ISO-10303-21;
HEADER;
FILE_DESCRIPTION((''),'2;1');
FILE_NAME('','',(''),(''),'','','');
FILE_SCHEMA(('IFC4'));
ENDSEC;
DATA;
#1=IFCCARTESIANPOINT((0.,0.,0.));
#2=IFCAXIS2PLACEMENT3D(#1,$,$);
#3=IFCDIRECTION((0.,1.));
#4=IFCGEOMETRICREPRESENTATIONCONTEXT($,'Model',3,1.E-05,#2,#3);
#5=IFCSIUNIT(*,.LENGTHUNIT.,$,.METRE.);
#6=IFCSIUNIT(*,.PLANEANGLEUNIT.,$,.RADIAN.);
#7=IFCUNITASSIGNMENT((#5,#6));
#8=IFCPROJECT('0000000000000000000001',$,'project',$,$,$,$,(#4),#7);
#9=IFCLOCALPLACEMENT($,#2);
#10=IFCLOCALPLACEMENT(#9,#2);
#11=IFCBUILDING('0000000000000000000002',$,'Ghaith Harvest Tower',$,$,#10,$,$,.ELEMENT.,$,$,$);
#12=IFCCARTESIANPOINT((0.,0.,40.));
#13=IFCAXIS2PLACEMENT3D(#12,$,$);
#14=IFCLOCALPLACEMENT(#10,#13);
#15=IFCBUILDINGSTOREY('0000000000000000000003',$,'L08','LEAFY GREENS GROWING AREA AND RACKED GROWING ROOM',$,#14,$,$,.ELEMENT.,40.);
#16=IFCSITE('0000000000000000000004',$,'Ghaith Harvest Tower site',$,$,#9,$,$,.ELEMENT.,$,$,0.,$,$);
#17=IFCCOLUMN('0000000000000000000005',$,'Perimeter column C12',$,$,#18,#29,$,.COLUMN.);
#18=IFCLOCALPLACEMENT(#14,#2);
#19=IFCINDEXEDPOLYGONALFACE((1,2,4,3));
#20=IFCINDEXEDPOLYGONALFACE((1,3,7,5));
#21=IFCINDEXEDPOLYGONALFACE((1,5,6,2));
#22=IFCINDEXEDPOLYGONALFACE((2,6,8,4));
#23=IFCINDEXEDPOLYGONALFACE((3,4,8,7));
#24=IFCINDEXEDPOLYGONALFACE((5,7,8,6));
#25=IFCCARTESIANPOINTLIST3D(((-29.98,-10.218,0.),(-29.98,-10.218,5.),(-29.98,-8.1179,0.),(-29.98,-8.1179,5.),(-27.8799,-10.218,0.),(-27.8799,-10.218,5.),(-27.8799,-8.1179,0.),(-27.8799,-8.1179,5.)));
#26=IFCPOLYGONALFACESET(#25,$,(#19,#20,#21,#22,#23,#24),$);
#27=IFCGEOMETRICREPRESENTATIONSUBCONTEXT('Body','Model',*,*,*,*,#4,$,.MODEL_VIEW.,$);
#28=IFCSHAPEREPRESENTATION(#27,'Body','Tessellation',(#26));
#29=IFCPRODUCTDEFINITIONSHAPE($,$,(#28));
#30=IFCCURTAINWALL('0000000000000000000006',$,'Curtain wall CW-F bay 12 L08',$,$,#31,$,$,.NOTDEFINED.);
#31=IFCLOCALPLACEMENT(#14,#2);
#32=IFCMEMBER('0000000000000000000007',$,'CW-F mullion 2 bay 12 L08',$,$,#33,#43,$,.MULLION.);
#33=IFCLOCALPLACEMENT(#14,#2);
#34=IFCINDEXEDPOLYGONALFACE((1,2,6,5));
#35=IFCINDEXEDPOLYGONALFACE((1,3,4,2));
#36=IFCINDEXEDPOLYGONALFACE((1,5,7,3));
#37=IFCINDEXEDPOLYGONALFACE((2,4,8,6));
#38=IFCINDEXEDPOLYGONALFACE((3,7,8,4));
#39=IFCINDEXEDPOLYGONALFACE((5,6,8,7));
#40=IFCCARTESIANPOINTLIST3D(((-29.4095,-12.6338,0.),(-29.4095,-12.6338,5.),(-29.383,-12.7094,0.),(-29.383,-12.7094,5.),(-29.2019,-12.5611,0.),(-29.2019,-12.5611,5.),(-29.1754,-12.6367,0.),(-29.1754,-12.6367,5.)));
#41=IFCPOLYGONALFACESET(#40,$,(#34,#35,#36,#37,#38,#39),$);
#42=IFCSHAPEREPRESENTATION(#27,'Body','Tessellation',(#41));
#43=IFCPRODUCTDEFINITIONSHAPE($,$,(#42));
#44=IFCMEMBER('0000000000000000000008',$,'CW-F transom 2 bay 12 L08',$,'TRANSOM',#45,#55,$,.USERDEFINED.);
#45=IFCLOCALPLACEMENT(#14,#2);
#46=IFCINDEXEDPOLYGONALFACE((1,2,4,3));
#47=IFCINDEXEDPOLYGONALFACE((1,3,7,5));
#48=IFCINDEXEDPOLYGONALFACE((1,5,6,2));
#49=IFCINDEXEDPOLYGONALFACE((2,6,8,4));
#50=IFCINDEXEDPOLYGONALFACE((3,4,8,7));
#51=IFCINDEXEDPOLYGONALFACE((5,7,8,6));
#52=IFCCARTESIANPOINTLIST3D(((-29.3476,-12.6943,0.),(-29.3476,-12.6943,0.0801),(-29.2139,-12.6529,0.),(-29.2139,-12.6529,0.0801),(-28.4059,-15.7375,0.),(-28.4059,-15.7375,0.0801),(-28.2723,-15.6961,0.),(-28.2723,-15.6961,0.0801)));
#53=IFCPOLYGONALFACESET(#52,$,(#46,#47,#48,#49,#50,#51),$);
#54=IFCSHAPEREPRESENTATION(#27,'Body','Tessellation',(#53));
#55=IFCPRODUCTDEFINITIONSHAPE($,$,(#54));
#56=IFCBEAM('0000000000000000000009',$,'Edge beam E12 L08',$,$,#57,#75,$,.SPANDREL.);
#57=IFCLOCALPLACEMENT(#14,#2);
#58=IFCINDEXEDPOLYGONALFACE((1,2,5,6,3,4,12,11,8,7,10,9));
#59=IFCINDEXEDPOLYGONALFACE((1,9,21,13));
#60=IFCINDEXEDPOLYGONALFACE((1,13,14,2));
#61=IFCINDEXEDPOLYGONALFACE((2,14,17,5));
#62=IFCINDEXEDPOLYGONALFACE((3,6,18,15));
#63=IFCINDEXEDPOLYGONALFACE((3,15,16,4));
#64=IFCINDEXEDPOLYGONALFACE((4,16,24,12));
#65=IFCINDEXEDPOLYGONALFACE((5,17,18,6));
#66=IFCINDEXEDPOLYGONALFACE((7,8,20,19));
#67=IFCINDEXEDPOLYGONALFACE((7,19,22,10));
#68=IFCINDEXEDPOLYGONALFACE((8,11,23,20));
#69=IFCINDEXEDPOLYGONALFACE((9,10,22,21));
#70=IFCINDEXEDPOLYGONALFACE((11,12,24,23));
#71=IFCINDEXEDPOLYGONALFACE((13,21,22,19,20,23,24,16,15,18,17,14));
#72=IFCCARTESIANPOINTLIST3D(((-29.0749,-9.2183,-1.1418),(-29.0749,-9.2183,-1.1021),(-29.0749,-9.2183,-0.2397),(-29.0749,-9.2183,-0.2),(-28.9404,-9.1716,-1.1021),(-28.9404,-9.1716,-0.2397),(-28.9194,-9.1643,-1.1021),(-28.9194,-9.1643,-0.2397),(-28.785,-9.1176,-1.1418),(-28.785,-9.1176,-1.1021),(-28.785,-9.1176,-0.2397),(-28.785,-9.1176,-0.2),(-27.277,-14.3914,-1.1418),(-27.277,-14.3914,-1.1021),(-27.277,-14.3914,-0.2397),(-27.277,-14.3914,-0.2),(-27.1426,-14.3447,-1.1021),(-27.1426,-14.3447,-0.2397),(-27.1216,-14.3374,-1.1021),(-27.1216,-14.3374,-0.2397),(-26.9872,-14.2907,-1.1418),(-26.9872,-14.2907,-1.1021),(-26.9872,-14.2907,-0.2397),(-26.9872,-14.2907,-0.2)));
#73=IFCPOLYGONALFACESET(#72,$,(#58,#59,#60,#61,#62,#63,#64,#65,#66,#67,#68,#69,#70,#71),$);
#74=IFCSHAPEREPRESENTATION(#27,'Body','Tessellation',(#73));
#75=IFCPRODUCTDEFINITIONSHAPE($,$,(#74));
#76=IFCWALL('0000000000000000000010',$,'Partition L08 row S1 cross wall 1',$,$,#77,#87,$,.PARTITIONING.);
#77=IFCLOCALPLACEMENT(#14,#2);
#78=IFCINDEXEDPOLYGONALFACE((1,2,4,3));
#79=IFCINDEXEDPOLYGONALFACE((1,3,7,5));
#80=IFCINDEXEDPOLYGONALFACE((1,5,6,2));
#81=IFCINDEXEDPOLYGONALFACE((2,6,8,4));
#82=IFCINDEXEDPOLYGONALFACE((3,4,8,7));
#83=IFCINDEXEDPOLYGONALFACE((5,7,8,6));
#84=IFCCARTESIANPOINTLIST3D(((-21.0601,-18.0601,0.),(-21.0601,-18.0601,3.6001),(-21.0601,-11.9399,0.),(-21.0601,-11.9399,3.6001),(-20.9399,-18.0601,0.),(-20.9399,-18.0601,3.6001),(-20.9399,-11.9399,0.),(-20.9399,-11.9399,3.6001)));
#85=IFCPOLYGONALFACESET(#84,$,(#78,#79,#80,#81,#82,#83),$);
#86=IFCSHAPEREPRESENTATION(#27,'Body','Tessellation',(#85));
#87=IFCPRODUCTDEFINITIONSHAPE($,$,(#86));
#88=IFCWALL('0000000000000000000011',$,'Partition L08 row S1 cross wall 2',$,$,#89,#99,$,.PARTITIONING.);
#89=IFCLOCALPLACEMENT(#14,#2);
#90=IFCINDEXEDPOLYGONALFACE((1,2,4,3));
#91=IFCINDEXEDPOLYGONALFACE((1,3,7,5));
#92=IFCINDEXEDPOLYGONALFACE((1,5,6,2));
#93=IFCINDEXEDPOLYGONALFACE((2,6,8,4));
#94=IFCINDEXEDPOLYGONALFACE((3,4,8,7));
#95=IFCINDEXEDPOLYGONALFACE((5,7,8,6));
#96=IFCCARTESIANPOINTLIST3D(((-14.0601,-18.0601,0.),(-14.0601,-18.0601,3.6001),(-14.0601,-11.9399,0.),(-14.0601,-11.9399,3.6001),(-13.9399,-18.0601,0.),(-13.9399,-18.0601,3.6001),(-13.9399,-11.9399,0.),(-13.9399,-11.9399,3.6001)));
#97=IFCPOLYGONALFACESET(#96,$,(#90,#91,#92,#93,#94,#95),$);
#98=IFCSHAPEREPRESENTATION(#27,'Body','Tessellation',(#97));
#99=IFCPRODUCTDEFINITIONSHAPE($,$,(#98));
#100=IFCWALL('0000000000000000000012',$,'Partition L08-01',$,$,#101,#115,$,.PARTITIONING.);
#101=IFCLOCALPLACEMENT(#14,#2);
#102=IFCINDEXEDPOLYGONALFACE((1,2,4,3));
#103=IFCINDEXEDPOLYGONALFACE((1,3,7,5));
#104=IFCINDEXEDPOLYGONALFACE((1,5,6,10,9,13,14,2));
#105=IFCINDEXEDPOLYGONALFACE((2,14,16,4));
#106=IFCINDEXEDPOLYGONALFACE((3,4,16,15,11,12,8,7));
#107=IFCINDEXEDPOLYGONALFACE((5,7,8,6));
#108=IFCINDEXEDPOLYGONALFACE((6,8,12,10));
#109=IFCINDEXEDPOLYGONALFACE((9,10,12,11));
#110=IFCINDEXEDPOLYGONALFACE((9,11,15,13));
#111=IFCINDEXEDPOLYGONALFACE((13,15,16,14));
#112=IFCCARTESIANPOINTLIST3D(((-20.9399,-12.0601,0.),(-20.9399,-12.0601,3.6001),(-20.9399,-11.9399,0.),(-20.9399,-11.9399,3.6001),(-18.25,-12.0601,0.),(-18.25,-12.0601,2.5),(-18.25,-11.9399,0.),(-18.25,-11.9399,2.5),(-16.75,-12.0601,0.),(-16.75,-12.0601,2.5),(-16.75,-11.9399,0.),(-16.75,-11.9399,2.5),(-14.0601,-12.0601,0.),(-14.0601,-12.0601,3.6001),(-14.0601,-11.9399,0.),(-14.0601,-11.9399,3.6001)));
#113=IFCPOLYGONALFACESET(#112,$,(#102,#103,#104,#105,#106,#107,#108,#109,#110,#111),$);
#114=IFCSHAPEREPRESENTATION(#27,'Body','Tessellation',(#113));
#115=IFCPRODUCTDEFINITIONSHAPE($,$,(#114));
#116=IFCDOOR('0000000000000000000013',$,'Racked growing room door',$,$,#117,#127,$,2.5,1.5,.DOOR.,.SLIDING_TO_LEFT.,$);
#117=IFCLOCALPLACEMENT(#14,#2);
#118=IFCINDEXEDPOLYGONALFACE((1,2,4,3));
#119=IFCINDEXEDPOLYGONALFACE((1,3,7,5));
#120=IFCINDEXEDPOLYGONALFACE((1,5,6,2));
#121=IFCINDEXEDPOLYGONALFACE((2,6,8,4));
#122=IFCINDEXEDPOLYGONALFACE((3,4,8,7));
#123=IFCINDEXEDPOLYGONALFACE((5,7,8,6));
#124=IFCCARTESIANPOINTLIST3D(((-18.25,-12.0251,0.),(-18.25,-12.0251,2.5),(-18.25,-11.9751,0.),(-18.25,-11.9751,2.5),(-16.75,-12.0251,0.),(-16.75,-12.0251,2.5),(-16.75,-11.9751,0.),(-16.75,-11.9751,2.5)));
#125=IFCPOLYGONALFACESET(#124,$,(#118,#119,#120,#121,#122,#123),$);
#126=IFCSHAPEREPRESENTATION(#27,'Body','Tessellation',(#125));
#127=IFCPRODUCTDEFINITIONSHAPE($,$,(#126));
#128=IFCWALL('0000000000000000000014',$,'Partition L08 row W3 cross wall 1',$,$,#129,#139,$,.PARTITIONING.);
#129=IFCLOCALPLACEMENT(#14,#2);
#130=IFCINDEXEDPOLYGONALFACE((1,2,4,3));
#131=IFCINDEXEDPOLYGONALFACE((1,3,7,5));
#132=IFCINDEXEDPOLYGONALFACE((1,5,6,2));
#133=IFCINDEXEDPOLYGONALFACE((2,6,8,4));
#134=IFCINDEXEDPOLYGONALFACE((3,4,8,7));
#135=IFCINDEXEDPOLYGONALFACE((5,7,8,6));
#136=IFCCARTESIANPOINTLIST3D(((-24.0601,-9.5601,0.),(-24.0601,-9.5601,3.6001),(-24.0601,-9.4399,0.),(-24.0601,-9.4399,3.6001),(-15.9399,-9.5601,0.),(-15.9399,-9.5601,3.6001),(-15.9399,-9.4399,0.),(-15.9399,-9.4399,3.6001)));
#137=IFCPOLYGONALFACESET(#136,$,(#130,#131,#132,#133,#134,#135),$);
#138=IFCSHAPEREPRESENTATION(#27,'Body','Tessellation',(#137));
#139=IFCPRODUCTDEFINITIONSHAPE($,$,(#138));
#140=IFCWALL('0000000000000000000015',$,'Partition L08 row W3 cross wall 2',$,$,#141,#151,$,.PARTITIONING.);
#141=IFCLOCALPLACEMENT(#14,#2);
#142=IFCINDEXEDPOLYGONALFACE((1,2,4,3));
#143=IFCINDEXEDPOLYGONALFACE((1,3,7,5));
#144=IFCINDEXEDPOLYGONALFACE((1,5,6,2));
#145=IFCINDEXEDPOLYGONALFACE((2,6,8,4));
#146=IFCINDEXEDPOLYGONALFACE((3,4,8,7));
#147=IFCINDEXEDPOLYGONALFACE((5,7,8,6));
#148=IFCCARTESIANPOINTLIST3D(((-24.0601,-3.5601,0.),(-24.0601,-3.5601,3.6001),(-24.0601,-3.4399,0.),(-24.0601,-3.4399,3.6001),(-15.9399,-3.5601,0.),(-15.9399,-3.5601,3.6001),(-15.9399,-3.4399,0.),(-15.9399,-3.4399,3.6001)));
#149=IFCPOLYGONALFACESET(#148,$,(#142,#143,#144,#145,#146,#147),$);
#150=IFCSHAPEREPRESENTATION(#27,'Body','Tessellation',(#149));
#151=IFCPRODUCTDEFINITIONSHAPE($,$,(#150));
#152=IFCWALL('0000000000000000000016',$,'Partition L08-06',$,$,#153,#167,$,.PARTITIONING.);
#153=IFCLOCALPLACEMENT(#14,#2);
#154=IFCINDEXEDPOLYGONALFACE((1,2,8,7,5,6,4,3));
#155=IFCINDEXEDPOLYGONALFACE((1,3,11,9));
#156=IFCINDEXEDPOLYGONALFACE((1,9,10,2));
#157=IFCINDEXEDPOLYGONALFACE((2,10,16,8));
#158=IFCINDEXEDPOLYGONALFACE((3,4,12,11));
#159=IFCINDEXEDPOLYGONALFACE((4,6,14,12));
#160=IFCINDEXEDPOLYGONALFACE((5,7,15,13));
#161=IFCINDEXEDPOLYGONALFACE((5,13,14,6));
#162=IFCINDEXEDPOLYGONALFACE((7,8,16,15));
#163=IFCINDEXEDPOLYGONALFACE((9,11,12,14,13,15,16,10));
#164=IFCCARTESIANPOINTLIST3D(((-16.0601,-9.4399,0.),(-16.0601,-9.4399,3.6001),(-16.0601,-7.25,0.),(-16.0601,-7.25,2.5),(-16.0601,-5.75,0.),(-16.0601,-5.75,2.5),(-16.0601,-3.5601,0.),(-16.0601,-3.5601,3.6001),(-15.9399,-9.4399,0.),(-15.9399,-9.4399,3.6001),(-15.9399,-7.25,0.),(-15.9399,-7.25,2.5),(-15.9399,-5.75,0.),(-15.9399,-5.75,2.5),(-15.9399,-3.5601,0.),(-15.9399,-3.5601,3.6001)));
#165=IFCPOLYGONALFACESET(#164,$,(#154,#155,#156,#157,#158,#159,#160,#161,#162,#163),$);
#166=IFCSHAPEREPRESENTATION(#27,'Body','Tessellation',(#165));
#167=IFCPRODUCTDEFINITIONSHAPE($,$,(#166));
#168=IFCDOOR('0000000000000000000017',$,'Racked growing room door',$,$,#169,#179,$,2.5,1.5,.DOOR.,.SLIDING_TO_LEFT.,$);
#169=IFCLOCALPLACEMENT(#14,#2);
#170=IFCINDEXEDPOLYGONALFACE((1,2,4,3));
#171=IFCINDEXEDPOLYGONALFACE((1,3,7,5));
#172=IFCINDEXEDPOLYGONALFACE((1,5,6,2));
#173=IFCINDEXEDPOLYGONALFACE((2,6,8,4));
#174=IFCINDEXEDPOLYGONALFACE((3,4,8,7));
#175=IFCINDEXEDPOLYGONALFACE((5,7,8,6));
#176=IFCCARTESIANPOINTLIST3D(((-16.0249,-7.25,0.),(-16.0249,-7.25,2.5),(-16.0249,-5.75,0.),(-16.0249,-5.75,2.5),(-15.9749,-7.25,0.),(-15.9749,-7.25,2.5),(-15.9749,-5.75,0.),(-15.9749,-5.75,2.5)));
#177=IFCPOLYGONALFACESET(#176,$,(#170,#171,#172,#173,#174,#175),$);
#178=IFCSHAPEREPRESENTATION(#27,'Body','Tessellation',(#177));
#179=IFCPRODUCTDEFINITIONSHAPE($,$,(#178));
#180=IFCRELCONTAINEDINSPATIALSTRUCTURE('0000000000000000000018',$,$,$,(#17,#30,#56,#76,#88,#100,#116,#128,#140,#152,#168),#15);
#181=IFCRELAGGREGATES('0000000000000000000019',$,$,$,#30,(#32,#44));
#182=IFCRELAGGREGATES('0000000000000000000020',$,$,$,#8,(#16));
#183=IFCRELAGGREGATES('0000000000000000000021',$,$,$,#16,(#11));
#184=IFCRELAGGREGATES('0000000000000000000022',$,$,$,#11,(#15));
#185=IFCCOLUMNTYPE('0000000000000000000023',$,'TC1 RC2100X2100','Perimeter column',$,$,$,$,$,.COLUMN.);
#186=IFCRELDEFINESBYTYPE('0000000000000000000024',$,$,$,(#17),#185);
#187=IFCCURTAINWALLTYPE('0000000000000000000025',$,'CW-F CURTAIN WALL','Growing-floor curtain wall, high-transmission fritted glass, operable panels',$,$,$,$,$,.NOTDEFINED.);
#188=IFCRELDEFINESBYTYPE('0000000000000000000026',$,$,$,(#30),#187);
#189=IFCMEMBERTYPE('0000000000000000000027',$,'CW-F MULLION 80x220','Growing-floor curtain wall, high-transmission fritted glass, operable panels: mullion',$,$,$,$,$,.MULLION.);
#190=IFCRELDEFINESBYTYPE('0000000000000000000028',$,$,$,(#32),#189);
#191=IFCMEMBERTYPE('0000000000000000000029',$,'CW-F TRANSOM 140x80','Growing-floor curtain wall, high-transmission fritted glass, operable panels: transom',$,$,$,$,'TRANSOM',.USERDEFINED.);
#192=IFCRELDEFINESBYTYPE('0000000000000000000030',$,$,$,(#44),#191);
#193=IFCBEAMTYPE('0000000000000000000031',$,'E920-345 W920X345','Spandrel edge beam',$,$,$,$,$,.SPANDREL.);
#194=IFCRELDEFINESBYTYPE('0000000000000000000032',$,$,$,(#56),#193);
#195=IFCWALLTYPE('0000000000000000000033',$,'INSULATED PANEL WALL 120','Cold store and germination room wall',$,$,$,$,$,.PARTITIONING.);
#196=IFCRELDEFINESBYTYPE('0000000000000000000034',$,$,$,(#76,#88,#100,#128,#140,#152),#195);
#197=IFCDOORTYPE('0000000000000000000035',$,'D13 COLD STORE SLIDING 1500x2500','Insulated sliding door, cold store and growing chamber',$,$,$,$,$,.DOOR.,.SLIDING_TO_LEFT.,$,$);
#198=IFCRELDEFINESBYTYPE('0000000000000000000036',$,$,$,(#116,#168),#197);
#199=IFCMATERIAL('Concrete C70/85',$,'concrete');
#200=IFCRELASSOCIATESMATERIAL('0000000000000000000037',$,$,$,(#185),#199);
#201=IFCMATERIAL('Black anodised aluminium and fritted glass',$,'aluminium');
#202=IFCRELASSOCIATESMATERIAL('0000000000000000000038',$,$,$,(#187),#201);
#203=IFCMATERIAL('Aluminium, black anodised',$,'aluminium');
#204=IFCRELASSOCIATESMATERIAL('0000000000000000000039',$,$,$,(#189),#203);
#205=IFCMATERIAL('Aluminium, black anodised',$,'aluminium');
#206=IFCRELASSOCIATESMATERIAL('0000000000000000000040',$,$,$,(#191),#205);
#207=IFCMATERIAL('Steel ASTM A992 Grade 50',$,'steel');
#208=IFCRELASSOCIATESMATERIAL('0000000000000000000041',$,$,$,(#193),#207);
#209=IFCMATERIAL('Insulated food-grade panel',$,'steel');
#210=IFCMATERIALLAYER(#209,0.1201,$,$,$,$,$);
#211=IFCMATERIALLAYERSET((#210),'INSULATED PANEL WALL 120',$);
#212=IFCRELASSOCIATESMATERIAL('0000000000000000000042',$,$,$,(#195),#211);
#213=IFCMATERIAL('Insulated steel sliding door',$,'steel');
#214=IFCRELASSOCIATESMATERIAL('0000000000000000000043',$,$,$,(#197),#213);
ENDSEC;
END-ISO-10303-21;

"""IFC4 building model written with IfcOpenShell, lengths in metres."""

from ifc_helpers import new_model, si_unit, direction, frame, frame_2d, origin, origin_2d, place, context, subcontext, project, spatial, rectangle, i_section, extrude, material, layer, layer_set, material_profile, profile_set, type_object, element, fill, aggregate, save


model = new_model("IFC4")

# Units and contexts
model_context = context("Model", 3, precision=1e-05, world=origin(), true_north=direction((0.0, 1.0)))
body_context = subcontext(model_context, "Body", "Model", "MODEL_VIEW")
ifc_project = project(units=[si_unit("LENGTHUNIT", "METRE"), si_unit("PLANEANGLEUNIT", "RADIAN")], contexts=[model_context])

# Site, building, storey
site_placement = place(None, origin())
site = spatial("IfcSite", under=ifc_project, at=site_placement, Name="Ghaith Harvest Tower site", CompositionType="ELEMENT", RefElevation=0.0)
building_placement = place(site_placement, origin())
building = spatial("IfcBuilding", under=site, at=building_placement, Name="Ghaith Harvest Tower", CompositionType="ELEMENT")
storey_placement = place(building_placement, frame((0.0, 0.0, 40.0)))
storey = spatial("IfcBuildingStorey", under=building, at=storey_placement, Name="L08", Description="LEAFY GREENS GROWING AREA AND RACKED GROWING ROOM", CompositionType="ELEMENT", Elevation=40.0)

# Column
ifc_material_1 = material(Name="Concrete C70/85", Category="concrete")
ifc_material_profile_1 = material_profile(ifc_material_1, rectangle(XDim=2.1001, YDim=2.1001, at=origin_2d()), Name="RC2100X2100")
ifc_profile_set_1 = profile_set([ifc_material_profile_1], Name="Concrete C70/85")
column_type = type_object("IfcColumnType", Name="TC1 RC2100X2100", Description="Perimeter column", PredefinedType="COLUMN", material=ifc_profile_set_1)
column_placement = place(storey_placement, frame((-28.9299, -9.168, 0.0), z_axis=(0.0, 0.0, 1.0), x_axis=(1.0, 0.0, 0.0)))
element("IfcColumn", 1, at=column_placement, inside=storey, type_object=column_type, Name="Perimeter column C12", PredefinedType="COLUMN", context=body_context, shape_type="SweptSolid", body=[
    extrude(rectangle(XDim=2.1001, YDim=2.1001, at=origin_2d()), origin(), (0.0, 0.0, 1.0), 5.0),
])

# Curtain wall, members
ifc_material_2 = material(Name="Black anodised aluminium and fritted glass", Category="aluminium")
curtain_wall_type = type_object("IfcCurtainWallType", Name="CW-F CURTAIN WALL", Description="Growing-floor curtain wall, high-transmission fritted glass, operable panels", PredefinedType="NOTDEFINED", material=ifc_material_2)
curtain_wall_placement = place(storey_placement, origin())
curtain_wall = element("IfcCurtainWall", 2, at=curtain_wall_placement, inside=storey, type_object=curtain_wall_type, Name="Curtain wall CW-F bay 12 L08", PredefinedType="NOTDEFINED")
ifc_material_3 = material(Name="Aluminium, black anodised", Category="aluminium")
ifc_material_profile_2 = material_profile(ifc_material_3, rectangle(XDim=0.0801, YDim=0.22, at=origin_2d()), Name="CW-F MULLION 80x220")
ifc_profile_set_2 = profile_set([ifc_material_profile_2], Name="Aluminium, black anodised")
member_type_1 = type_object("IfcMemberType", Name="CW-F MULLION 80x220", Description="Growing-floor curtain wall, high-transmission fritted glass, operable panels: mullion", PredefinedType="MULLION", material=ifc_profile_set_2)
member_1_placement = place(storey_placement, frame((-29.2925, -12.6353, 0.0), z_axis=(0.0, 0.0, 1.0), x_axis=(0.330701, -0.943736, 0.0)))
member_1 = element("IfcMember", 3, at=member_1_placement, type_object=member_type_1, Name="CW-F mullion 2 bay 12 L08", PredefinedType="MULLION", context=body_context, shape_type="SweptSolid", body=[
    extrude(rectangle(XDim=0.0801, YDim=0.22, at=origin_2d()), origin(), (0.0, 0.0, 1.0), 5.0),
])
ifc_material_4 = material(Name="Aluminium, black anodised", Category="aluminium")
ifc_material_profile_3 = material_profile(ifc_material_4, rectangle(XDim=0.1399, YDim=0.0801, at=origin_2d()), Name="CW-F TRANSOM 140x80")
ifc_profile_set_3 = profile_set([ifc_material_profile_3], Name="Aluminium, black anodised")
member_type_2 = type_object("IfcMemberType", Name="CW-F TRANSOM 140x80", Description="Growing-floor curtain wall, high-transmission fritted glass, operable panels: transom", ElementType="TRANSOM", PredefinedType="USERDEFINED", material=ifc_profile_set_3)
member_2_placement = place(storey_placement, frame((-29.2808, -12.6736, 0.04), z_axis=(0.295599, -0.955312, 0.0), x_axis=(0.955312, 0.295599, 0.0)))
member_2 = element("IfcMember", 4, at=member_2_placement, type_object=member_type_2, Name="CW-F transom 2 bay 12 L08", ObjectType="TRANSOM", PredefinedType="USERDEFINED", context=body_context, shape_type="SweptSolid", body=[
    extrude(rectangle(XDim=0.1399, YDim=0.0801, at=origin_2d()), origin(), (0.0, 0.0, 1.0), 3.1855),
])
aggregate(curtain_wall, [member_1, member_2])

# Beam
ifc_material_5 = material(Name="Steel ASTM A992 Grade 50", Category="steel")
ifc_material_profile_4 = material_profile(ifc_material_5, i_section(OverallWidth=0.3069, OverallDepth=0.9419, WebThickness=0.0222, FlangeThickness=0.0398, at=origin_2d()), Name="W920X345")
ifc_profile_set_4 = profile_set([ifc_material_profile_4], Name="Steel ASTM A992 Grade 50")
beam_type = type_object("IfcBeamType", Name="E920-345 W920X345", Description="Spandrel edge beam", PredefinedType="SPANDREL", material=ifc_profile_set_4)
beam_placement = place(storey_placement, frame((-28.9299, -9.168, -0.6709), z_axis=(0.328279, -0.944581, 0.0), x_axis=(0.944581, 0.328279, 0.0)))
element("IfcBeam", 5, at=beam_placement, inside=storey, type_object=beam_type, Name="Edge beam E12 L08", PredefinedType="SPANDREL", context=body_context, shape_type="SweptSolid", body=[
    extrude(i_section(OverallWidth=0.3069, OverallDepth=0.9419, WebThickness=0.0222, FlangeThickness=0.0398, at=origin_2d()), origin(), (0.0, 0.0, 1.0), 5.4766),
])

# Walls
ifc_material_6 = material(Name="Insulated food-grade panel", Category="steel")
ifc_layer_1 = layer(ifc_material_6, 0.1201)
ifc_layer_set_1 = layer_set([ifc_layer_1], Name="INSULATED PANEL WALL 120")
wall_type_1 = type_object("IfcWallType", Name="INSULATED PANEL WALL 120", Description="Cold store and germination room wall", PredefinedType="PARTITIONING", material=ifc_layer_set_1)
for number, where, z_axis, x_axis, name in (
    (6, (-21.0, -11.9399, 0.0), (0.0, 0.0, 1.0), (0.0, -1.0, 0.0), "Partition L08 row S1 cross wall 1"),
    (7, (-14.0, -11.9399, 0.0), (0.0, 0.0, 1.0), (0.0, -1.0, 0.0), "Partition L08 row S1 cross wall 2"),
):
    element("IfcWall", number, at=place(storey_placement, frame(where, z_axis=z_axis, x_axis=x_axis)), inside=storey, type_object=wall_type_1, Name=name, PredefinedType="PARTITIONING", context=body_context, shape_type="SweptSolid", body=[
        extrude(rectangle(XDim=6.1201, YDim=0.1201, at=frame_2d((3.0601, 0.0))), origin(), (0.0, 0.0, 1.0), 3.6001),
    ])

# Wall, opening, door
wall_1_placement = place(storey_placement, frame((-20.9399, -12.0, 0.0), z_axis=(0.0, 0.0, 1.0), x_axis=(1.0, 0.0, 0.0)))
wall_1 = element("IfcWall", 8, at=wall_1_placement, inside=storey, type_object=wall_type_1, Name="Partition L08-01", PredefinedType="PARTITIONING", context=body_context, shape_type="SweptSolid", body=[
    extrude(rectangle(XDim=6.8799, YDim=0.1201, at=frame_2d((3.4399, 0.0))), origin(), (0.0, 0.0, 1.0), 3.6001),
])
opening_1_placement = place(wall_1_placement, frame((2.6899, 0.0, 0.0)))
opening_1 = element("IfcOpeningElement", 9, at=opening_1_placement, cuts=wall_1, PredefinedType="OPENING", context=body_context, shape_type="SweptSolid", body=[
    extrude(rectangle(XDim=1.5, YDim=2.5, at=frame_2d((0.75, 1.25))), frame((0.0, 0.0701, 0.0), z_axis=(0.0, -1.0, 0.0), x_axis=(1.0, 0.0, 0.0)), (0.0, 0.0, 1.0), 0.1401),
])
ifc_material_7 = material(Name="Insulated steel sliding door", Category="steel")
door_type_1 = type_object("IfcDoorType", Name="D13 COLD STORE SLIDING 1500x2500", Description="Insulated sliding door, cold store and growing chamber", OperationType="SLIDING_TO_LEFT", PredefinedType="DOOR", material=ifc_material_7)
door_1_placement = place(opening_1_placement, origin())
door_1 = element("IfcDoor", 10, at=door_1_placement, inside=storey, type_object=door_type_1, Name="Racked growing room door", OperationType="SLIDING_TO_LEFT", OverallHeight=2.5, OverallWidth=1.5, PredefinedType="DOOR", context=body_context, shape_type="SweptSolid", body=[
    extrude(rectangle(XDim=1.5, YDim=2.5, at=frame_2d((0.75, 1.25))), frame((0.0, 0.0249, 0.0), z_axis=(0.0, -1.0, 0.0), x_axis=(1.0, 0.0, 0.0)), (0.0, 0.0, 1.0), 0.05),
])
fill(opening_1, door_1)

# Walls
for number, where, z_axis, x_axis, name in (
    (11, (-15.9399, -9.5, 0.0), (0.0, 0.0, 1.0), (-1.0, 0.0, 0.0), "Partition L08 row W3 cross wall 1"),
    (12, (-15.9399, -3.5, 0.0), (0.0, 0.0, 1.0), (-1.0, 0.0, 0.0), "Partition L08 row W3 cross wall 2"),
):
    element("IfcWall", number, at=place(storey_placement, frame(where, z_axis=z_axis, x_axis=x_axis)), inside=storey, type_object=wall_type_1, Name=name, PredefinedType="PARTITIONING", context=body_context, shape_type="SweptSolid", body=[
        extrude(rectangle(XDim=8.1201, YDim=0.1201, at=frame_2d((4.0601, 0.0))), origin(), (0.0, 0.0, 1.0), 3.6001),
    ])

# Wall, opening, door
wall_2_placement = place(storey_placement, frame((-16.0, -9.4399, 0.0), z_axis=(0.0, 0.0, 1.0), x_axis=(0.0, 1.0, 0.0)))
wall_2 = element("IfcWall", 13, at=wall_2_placement, inside=storey, type_object=wall_type_1, Name="Partition L08-06", PredefinedType="PARTITIONING", context=body_context, shape_type="SweptSolid", body=[
    extrude(rectangle(XDim=5.8799, YDim=0.1201, at=frame_2d((2.9399, 0.0))), origin(), (0.0, 0.0, 1.0), 3.6001),
])
opening_2_placement = place(wall_2_placement, frame((2.1899, 0.0, 0.0)))
opening_2 = element("IfcOpeningElement", 14, at=opening_2_placement, cuts=wall_2, PredefinedType="OPENING", context=body_context, shape_type="SweptSolid", body=[
    extrude(rectangle(XDim=1.5, YDim=2.5, at=frame_2d((0.75, 1.25))), frame((0.0, 0.0701, 0.0), z_axis=(0.0, -1.0, 0.0), x_axis=(1.0, 0.0, 0.0)), (0.0, 0.0, 1.0), 0.1401),
])
door_2_placement = place(opening_2_placement, origin())
door_2 = element("IfcDoor", 15, at=door_2_placement, inside=storey, type_object=door_type_1, Name="Racked growing room door", OperationType="SLIDING_TO_LEFT", OverallHeight=2.5, OverallWidth=1.5, PredefinedType="DOOR", context=body_context, shape_type="SweptSolid", body=[
    extrude(rectangle(XDim=1.5, YDim=2.5, at=frame_2d((0.75, 1.25))), frame((0.0, 0.0249, 0.0), z_axis=(0.0, -1.0, 0.0), x_axis=(1.0, 0.0, 0.0)), (0.0, 0.0, 1.0), 0.05),
])
fill(opening_2, door_2)

save(model, "model.ifc")
